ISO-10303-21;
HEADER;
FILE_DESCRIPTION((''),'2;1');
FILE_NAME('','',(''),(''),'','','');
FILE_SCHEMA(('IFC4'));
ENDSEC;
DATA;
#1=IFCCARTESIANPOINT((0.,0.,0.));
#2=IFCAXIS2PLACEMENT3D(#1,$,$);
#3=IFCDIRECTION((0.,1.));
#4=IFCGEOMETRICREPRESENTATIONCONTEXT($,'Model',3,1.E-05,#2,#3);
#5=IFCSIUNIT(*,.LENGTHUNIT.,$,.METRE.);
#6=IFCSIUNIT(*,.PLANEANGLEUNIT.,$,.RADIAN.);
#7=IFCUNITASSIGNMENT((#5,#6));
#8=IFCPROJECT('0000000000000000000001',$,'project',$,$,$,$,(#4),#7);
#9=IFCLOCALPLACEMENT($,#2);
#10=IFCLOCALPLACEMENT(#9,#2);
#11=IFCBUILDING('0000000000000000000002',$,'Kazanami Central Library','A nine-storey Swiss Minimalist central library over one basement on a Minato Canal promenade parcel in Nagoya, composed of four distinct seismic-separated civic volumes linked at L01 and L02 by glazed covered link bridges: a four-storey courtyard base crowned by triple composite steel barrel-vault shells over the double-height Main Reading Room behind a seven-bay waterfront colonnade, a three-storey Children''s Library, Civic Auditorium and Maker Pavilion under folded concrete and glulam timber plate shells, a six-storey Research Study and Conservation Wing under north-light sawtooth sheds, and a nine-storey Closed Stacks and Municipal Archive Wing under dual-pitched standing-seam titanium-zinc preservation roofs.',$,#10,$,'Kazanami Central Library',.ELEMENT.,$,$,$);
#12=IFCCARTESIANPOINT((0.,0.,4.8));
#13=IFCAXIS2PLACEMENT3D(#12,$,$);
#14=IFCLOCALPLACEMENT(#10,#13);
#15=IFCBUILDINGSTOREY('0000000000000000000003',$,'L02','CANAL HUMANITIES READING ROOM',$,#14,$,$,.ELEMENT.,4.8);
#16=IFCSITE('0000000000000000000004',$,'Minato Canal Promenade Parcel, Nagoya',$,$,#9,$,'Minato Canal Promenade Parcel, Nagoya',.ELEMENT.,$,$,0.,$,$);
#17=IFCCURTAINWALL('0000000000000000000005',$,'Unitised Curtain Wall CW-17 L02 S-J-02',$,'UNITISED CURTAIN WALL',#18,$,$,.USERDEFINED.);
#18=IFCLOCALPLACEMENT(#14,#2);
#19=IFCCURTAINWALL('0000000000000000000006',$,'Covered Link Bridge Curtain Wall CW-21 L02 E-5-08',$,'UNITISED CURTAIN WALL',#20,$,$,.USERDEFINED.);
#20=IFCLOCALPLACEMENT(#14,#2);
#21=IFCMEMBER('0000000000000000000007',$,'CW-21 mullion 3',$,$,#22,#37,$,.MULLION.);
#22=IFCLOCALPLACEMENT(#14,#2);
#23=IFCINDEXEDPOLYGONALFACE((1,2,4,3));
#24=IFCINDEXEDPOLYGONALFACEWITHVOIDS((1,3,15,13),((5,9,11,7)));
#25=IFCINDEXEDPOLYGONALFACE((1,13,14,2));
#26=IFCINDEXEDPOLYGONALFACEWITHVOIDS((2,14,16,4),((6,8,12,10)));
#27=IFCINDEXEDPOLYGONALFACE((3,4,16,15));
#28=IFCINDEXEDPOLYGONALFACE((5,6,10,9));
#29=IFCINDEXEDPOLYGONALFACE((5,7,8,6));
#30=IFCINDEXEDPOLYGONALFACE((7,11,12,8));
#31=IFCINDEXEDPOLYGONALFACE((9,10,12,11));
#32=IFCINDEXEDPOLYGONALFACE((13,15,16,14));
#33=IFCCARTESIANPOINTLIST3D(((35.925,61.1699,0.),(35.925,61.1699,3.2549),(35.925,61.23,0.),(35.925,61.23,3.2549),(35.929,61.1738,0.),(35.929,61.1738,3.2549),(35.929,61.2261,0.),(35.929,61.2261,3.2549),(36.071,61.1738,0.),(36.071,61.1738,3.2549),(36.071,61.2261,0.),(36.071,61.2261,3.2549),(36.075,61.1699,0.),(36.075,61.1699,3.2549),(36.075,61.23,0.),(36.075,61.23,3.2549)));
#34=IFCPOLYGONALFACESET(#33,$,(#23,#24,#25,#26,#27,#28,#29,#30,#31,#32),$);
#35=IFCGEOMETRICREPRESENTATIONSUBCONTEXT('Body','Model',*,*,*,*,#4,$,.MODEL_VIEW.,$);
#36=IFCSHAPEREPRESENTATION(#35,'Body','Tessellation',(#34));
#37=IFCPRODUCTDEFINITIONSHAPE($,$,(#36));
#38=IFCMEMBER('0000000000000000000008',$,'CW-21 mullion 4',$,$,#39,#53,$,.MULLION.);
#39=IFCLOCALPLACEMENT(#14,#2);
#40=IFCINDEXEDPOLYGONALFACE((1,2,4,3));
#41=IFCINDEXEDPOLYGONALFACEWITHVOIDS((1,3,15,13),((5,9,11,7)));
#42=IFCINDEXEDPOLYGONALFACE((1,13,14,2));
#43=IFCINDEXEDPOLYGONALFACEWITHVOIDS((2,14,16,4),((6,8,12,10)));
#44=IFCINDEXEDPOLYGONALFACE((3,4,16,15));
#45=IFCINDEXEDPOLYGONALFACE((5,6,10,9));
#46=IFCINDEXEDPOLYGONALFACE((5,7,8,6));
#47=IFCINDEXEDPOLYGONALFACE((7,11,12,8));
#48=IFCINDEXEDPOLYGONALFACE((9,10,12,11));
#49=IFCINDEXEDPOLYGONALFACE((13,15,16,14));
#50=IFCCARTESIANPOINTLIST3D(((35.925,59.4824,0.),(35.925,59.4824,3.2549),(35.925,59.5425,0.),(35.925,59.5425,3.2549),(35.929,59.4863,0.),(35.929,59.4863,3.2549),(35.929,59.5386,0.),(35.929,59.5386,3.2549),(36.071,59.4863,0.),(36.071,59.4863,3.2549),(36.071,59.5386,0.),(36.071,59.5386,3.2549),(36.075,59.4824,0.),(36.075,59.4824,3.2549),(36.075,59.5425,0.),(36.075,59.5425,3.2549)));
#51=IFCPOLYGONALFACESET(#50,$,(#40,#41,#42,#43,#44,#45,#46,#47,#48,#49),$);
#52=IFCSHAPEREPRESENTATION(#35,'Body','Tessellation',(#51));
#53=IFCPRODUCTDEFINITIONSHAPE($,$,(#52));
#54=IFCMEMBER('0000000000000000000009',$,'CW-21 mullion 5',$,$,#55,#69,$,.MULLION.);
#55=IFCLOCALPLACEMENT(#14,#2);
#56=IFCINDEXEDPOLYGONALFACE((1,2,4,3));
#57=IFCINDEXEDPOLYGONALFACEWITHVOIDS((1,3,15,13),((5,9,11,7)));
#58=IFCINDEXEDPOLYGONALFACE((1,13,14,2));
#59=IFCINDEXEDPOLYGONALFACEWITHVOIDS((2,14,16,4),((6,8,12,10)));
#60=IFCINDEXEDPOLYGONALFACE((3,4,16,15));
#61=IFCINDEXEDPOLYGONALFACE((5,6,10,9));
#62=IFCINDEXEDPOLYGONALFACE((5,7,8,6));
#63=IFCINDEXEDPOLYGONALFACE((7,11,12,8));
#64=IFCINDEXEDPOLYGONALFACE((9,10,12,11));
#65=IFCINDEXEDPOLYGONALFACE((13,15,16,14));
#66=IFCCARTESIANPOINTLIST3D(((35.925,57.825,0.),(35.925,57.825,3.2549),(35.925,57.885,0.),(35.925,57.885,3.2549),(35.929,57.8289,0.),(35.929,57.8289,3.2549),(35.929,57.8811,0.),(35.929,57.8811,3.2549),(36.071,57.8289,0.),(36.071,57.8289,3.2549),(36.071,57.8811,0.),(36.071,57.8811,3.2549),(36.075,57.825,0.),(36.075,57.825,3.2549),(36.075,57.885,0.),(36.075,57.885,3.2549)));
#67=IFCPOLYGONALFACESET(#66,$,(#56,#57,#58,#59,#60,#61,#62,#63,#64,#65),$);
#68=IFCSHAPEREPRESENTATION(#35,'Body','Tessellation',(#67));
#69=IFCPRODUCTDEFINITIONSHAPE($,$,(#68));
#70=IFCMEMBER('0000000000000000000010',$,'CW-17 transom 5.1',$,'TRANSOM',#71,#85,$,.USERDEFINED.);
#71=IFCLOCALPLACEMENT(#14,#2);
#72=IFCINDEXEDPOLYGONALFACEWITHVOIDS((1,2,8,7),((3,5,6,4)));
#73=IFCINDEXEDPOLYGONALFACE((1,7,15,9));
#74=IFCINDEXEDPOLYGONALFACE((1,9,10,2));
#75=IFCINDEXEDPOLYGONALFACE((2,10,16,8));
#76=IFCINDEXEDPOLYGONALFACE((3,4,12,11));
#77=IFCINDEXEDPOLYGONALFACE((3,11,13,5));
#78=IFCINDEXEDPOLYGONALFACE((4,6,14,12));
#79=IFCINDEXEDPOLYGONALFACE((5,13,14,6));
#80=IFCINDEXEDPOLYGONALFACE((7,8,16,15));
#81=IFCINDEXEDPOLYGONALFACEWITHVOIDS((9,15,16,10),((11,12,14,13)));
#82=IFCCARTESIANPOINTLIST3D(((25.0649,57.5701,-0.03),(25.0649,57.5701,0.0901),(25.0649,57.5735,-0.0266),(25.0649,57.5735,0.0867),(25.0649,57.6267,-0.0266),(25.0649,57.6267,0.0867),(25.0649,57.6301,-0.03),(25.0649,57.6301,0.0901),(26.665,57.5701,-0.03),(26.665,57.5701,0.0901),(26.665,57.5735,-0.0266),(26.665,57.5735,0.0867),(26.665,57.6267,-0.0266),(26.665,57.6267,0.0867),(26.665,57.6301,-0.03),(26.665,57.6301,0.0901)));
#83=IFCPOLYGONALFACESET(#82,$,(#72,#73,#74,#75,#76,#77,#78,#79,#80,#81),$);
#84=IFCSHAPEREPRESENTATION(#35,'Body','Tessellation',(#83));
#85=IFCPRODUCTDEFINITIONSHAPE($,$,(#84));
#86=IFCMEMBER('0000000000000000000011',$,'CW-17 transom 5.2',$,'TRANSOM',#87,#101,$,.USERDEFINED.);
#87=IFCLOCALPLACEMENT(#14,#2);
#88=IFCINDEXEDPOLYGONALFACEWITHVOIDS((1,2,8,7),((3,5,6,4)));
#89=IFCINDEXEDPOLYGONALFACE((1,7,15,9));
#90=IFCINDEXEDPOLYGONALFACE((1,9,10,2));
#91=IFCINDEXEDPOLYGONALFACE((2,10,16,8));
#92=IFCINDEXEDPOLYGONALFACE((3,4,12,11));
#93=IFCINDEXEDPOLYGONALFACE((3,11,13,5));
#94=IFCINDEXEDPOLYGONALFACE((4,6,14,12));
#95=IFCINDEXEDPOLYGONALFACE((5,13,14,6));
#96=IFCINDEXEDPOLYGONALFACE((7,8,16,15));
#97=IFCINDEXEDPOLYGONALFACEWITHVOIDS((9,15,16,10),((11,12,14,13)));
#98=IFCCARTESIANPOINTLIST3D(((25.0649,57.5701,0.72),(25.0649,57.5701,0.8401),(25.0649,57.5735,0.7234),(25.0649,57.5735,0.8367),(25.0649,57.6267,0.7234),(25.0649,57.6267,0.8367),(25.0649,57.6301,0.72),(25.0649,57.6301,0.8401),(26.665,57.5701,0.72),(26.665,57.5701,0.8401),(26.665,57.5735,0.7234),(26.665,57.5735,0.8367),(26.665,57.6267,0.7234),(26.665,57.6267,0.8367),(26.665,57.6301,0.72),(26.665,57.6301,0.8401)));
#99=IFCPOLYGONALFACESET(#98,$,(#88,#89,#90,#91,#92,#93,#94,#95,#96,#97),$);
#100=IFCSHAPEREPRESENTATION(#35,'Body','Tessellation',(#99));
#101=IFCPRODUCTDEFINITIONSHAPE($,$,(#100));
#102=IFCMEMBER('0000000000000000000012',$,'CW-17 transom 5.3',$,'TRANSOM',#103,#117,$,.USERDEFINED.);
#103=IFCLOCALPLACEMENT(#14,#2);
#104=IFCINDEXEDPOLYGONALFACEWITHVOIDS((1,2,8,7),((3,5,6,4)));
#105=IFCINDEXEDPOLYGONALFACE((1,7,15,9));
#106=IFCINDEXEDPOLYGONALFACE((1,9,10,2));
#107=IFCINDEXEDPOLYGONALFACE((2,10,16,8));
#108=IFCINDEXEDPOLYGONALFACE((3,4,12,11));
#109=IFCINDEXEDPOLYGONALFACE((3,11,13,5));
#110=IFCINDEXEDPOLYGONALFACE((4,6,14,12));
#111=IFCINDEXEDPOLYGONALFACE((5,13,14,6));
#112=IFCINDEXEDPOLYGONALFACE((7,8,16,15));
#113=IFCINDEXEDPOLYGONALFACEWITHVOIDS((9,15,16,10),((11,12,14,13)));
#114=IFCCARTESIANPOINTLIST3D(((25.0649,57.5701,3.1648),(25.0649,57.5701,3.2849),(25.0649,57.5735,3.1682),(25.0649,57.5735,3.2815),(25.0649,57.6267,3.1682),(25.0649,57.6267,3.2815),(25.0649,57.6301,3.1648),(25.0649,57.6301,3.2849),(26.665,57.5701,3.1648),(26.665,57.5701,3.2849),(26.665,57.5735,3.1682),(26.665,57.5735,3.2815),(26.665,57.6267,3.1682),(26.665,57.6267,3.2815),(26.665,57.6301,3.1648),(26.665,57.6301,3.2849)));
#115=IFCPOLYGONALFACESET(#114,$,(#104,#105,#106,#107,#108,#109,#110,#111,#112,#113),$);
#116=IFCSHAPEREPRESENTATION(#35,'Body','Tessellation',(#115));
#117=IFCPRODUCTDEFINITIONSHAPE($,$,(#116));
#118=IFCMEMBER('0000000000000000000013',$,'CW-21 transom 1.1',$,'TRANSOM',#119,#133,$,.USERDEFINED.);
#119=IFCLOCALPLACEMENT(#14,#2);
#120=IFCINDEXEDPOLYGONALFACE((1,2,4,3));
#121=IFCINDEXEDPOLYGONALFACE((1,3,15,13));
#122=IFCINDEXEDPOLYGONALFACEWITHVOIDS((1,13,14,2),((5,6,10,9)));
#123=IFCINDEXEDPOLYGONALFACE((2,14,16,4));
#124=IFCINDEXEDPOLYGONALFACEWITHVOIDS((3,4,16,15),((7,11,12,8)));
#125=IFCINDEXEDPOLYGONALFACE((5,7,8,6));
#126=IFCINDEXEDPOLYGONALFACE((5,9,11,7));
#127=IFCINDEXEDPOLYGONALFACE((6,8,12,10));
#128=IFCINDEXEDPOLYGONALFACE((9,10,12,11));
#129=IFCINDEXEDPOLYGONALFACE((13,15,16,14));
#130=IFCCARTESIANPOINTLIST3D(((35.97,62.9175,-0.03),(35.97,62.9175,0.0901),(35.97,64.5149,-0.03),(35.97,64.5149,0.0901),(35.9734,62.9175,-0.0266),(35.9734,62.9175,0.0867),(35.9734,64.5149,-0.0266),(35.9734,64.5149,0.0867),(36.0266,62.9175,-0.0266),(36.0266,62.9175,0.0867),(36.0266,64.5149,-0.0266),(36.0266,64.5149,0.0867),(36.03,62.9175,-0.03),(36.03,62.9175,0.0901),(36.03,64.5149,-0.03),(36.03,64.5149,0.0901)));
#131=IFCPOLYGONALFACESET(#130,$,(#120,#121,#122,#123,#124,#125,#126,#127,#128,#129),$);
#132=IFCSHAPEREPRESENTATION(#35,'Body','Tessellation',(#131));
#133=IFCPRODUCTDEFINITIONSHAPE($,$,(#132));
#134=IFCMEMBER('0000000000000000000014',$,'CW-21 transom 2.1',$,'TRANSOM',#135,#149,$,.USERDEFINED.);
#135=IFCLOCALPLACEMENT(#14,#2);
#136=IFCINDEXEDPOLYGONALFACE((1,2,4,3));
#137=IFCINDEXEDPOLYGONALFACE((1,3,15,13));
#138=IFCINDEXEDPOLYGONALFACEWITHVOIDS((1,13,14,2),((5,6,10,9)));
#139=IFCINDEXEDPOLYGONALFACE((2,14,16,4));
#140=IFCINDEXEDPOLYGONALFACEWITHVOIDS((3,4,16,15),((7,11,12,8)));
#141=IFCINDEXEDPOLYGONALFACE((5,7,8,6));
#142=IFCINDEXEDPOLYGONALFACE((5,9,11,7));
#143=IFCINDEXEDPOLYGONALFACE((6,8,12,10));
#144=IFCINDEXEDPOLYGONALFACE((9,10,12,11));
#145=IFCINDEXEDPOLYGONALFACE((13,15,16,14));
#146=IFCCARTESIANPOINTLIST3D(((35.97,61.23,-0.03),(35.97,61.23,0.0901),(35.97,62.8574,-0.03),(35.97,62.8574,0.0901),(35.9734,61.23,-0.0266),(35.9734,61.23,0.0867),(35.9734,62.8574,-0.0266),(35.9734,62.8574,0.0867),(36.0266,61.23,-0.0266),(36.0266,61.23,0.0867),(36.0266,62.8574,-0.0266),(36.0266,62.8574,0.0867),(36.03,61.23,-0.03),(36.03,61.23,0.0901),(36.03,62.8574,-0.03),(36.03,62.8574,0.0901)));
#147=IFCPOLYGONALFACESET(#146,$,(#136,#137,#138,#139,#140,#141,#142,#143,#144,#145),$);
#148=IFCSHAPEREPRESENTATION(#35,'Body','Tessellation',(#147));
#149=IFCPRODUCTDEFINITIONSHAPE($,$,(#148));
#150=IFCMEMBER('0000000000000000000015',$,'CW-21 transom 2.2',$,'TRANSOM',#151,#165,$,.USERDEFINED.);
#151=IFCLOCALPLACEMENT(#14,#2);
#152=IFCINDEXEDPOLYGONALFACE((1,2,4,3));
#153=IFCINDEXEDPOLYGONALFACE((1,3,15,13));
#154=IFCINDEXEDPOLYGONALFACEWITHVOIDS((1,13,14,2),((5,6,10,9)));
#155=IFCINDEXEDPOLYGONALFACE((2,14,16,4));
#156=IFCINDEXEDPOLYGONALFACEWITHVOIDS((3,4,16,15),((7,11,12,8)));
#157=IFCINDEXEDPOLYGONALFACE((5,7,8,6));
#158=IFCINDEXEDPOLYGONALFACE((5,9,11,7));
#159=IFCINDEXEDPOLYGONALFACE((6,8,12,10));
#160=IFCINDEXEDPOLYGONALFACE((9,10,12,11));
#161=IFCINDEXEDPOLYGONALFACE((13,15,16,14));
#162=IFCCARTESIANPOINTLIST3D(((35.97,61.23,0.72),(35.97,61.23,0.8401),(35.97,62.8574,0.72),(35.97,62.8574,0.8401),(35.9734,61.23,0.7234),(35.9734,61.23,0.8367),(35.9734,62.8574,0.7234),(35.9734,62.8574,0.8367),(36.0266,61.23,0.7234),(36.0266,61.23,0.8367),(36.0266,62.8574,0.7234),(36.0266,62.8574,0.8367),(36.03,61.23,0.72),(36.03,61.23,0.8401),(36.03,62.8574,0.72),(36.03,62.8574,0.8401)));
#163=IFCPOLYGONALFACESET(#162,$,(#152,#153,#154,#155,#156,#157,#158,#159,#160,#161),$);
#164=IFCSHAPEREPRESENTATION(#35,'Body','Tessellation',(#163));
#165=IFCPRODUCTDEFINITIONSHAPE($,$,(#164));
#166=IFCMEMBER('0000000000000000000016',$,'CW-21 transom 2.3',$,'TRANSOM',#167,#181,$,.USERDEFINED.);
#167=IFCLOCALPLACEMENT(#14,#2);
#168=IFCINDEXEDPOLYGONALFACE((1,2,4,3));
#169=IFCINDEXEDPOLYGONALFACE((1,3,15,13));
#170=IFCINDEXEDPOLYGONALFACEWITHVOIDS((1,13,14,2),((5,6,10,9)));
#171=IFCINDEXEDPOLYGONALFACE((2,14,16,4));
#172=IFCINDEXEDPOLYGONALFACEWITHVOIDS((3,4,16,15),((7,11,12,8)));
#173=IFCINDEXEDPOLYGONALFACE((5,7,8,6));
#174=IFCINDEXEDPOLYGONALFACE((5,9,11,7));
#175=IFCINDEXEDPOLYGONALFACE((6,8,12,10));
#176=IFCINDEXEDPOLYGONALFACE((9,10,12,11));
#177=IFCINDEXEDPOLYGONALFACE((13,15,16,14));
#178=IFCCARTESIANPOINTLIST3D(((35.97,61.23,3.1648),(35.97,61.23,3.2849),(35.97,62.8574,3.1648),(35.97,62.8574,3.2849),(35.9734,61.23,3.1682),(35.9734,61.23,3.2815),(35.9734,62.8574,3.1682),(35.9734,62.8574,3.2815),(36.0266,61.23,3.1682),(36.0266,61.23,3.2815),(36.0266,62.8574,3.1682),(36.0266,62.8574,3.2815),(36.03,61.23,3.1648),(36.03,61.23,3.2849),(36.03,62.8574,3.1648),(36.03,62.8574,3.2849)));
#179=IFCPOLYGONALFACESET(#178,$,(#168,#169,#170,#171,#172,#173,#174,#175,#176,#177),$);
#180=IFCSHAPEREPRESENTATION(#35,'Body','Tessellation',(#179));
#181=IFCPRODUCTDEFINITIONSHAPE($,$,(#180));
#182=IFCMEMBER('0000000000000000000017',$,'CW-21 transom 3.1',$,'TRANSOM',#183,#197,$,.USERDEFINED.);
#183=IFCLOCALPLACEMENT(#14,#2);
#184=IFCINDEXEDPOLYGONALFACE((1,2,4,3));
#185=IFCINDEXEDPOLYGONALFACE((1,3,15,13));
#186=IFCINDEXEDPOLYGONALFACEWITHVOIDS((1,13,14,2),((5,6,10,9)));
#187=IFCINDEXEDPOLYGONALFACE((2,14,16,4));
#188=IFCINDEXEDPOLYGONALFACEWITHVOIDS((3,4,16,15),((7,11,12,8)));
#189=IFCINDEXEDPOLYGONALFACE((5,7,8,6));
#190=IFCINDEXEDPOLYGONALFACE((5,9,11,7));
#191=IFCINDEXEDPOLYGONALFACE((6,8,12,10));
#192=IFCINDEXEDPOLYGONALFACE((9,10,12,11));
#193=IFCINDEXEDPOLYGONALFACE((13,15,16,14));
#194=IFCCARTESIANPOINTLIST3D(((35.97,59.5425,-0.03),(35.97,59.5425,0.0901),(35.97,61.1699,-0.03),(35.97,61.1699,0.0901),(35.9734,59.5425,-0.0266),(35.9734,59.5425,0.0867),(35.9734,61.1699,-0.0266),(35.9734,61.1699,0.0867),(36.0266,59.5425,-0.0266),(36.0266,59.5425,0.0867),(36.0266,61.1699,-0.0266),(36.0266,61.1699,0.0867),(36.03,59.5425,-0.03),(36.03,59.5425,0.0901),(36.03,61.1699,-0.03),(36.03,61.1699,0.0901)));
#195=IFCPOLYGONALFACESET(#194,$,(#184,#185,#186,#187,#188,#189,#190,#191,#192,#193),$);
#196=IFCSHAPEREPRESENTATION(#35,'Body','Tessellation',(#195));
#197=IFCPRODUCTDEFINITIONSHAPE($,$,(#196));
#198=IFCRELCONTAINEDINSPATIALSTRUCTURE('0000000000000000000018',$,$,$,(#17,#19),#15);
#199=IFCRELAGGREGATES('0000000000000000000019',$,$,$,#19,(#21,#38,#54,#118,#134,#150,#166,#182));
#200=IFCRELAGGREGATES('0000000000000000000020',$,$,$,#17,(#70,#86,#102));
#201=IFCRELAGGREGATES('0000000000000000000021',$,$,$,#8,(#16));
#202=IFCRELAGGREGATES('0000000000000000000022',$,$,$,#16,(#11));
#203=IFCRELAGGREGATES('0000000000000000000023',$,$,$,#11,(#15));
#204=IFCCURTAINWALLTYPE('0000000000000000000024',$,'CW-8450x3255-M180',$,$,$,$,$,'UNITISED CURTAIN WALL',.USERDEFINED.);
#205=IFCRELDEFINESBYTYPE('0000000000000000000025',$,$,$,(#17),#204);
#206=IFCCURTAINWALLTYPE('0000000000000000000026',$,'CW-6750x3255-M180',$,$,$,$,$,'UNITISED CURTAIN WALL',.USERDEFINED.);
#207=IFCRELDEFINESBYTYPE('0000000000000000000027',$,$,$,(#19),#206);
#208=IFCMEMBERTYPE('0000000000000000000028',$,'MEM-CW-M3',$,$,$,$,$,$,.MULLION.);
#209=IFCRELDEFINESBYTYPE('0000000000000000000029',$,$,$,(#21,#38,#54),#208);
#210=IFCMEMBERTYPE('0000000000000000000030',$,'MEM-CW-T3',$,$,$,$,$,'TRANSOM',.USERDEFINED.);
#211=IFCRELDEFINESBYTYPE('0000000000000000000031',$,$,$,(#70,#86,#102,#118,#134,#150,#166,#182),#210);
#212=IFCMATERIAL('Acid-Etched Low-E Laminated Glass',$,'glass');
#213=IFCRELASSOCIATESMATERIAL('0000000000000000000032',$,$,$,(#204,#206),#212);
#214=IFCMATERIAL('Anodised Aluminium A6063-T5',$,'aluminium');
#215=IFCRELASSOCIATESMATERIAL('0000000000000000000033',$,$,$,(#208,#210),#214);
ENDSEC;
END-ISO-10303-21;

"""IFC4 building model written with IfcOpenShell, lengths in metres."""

from ifc_helpers import new_model, si_unit, direction, frame, origin, origin_2d, place, context, subcontext, project, spatial, hollow_rectangle, extrude, material, material_profile, profile_set, type_object, element, aggregate, save


model = new_model("IFC4")

# Units and contexts
model_context = context("Model", 3, precision=1e-05, world=origin(), true_north=direction((0.0, 1.0)))
body_context = subcontext(model_context, "Body", "Model", "MODEL_VIEW")
ifc_project = project(units=[si_unit("LENGTHUNIT", "METRE"), si_unit("PLANEANGLEUNIT", "RADIAN")], contexts=[model_context])

# Site, building, storey
site_placement = place(None, origin())
site = spatial("IfcSite", under=ifc_project, at=site_placement, Name="Minato Canal Promenade Parcel, Nagoya", LongName="Minato Canal Promenade Parcel, Nagoya", CompositionType="ELEMENT", RefElevation=0.0)
building_placement = place(site_placement, origin())
building = spatial("IfcBuilding", under=site, at=building_placement, Name="Kazanami Central Library", Description="A nine-storey Swiss Minimalist central library over one basement on a Minato Canal promenade parcel in Nagoya, composed of four distinct seismic-separated civic volumes linked at L01 and L02 by glazed covered link bridges: a four-storey courtyard base crowned by triple composite steel barrel-vault shells over the double-height Main Reading Room behind a seven-bay waterfront colonnade, a three-storey Children's Library, Civic Auditorium and Maker Pavilion under folded concrete and glulam timber plate shells, a six-storey Research Study and Conservation Wing under north-light sawtooth sheds, and a nine-storey Closed Stacks and Municipal Archive Wing under dual-pitched standing-seam titanium-zinc preservation roofs.", LongName="Kazanami Central Library", CompositionType="ELEMENT")
storey_placement = place(building_placement, frame((0.0, 0.0, 4.8)))
storey = spatial("IfcBuildingStorey", under=building, at=storey_placement, Name="L02", Description="CANAL HUMANITIES READING ROOM", CompositionType="ELEMENT", Elevation=4.8)

# Curtain wall
ifc_material_1 = material(Name="Acid-Etched Low-E Laminated Glass", Category="glass")
curtain_wall_type_1 = type_object("IfcCurtainWallType", Name="CW-8450x3255-M180", ElementType="UNITISED CURTAIN WALL", PredefinedType="USERDEFINED", material=ifc_material_1)
curtain_wall_1_placement = place(storey_placement, origin())
curtain_wall_1 = element("IfcCurtainWall", 1, at=curtain_wall_1_placement, inside=storey, type_object=curtain_wall_type_1, Name="Unitised Curtain Wall CW-17 L02 S-J-02", ObjectType="UNITISED CURTAIN WALL", PredefinedType="USERDEFINED")
ifc_material_2 = material(Name="Anodised Aluminium A6063-T5", Category="aluminium")
ifc_material_profile_1 = material_profile(ifc_material_2, hollow_rectangle(XDim=0.0601, YDim=0.1499, WallThickness=0.0039, at=origin_2d()), Name="ALU-MULL-60x150x4")
ifc_profile_set_1 = profile_set([ifc_material_profile_1], Name="Anodised Aluminium A6063-T5")
member_type_1 = type_object("IfcMemberType", Name="MEM-CW-M3", PredefinedType="MULLION", material=ifc_profile_set_1)

# Curtain wall, members
curtain_wall_type_2 = type_object("IfcCurtainWallType", Name="CW-6750x3255-M180", ElementType="UNITISED CURTAIN WALL", PredefinedType="USERDEFINED", material=ifc_material_1)
curtain_wall_2_placement = place(storey_placement, origin())
curtain_wall_2 = element("IfcCurtainWall", 2, at=curtain_wall_2_placement, inside=storey, type_object=curtain_wall_type_2, Name="Covered Link Bridge Curtain Wall CW-21 L02 E-5-08", ObjectType="UNITISED CURTAIN WALL", PredefinedType="USERDEFINED")
member_1_placement = place(storey_placement, frame((36.0, 61.2, 0.0), z_axis=(0.0, 0.0, 1.0), x_axis=(0.0, -1.0, 0.0)))
member_1 = element("IfcMember", 3, at=member_1_placement, type_object=member_type_1, Name="CW-21 mullion 3", PredefinedType="MULLION", context=body_context, shape_type="SweptSolid", body=[
    extrude(hollow_rectangle(XDim=0.0601, YDim=0.1499, WallThickness=0.0039, at=origin_2d()), origin(), (0.0, 0.0, 1.0), 3.2549),
])
member_2_placement = place(storey_placement, frame((36.0, 59.5125, 0.0), z_axis=(0.0, 0.0, 1.0), x_axis=(0.0, -1.0, 0.0)))
member_2 = element("IfcMember", 4, at=member_2_placement, type_object=member_type_1, Name="CW-21 mullion 4", PredefinedType="MULLION", context=body_context, shape_type="SweptSolid", body=[
    extrude(hollow_rectangle(XDim=0.0601, YDim=0.1499, WallThickness=0.0039, at=origin_2d()), origin(), (0.0, 0.0, 1.0), 3.2549),
])
member_3_placement = place(storey_placement, frame((36.0, 57.855, 0.0), z_axis=(0.0, 0.0, 1.0), x_axis=(0.0, -1.0, 0.0)))
member_3 = element("IfcMember", 5, at=member_3_placement, type_object=member_type_1, Name="CW-21 mullion 5", PredefinedType="MULLION", context=body_context, shape_type="SweptSolid", body=[
    extrude(hollow_rectangle(XDim=0.0601, YDim=0.1499, WallThickness=0.0039, at=origin_2d()), origin(), (0.0, 0.0, 1.0), 3.2549),
])

# Members
ifc_material_profile_2 = material_profile(ifc_material_2, hollow_rectangle(XDim=0.0601, YDim=0.1201, WallThickness=0.0034, at=origin_2d()), Name="ALU-TRAN-60x120x3.5")
ifc_profile_set_2 = profile_set([ifc_material_profile_2], Name="Anodised Aluminium A6063-T5")
member_type_2 = type_object("IfcMemberType", Name="MEM-CW-T3", ElementType="TRANSOM", PredefinedType="USERDEFINED", material=ifc_profile_set_2)
member_4_placement = place(storey_placement, frame((25.0649, 57.6001, 0.03), z_axis=(1.0, 0.0, 0.0), x_axis=(0.0, 1.0, 0.0)))
member_4 = element("IfcMember", 6, at=member_4_placement, type_object=member_type_2, Name="CW-17 transom 5.1", ObjectType="TRANSOM", PredefinedType="USERDEFINED", context=body_context, shape_type="SweptSolid", body=[
    extrude(hollow_rectangle(XDim=0.0601, YDim=0.1201, WallThickness=0.0034, at=origin_2d()), origin(), (0.0, 0.0, 1.0), 1.6001),
])
member_5_placement = place(storey_placement, frame((25.0649, 57.6001, 0.78), z_axis=(1.0, 0.0, 0.0), x_axis=(0.0, 1.0, 0.0)))
member_5 = element("IfcMember", 7, at=member_5_placement, type_object=member_type_2, Name="CW-17 transom 5.2", ObjectType="TRANSOM", PredefinedType="USERDEFINED", context=body_context, shape_type="SweptSolid", body=[
    extrude(hollow_rectangle(XDim=0.0601, YDim=0.1201, WallThickness=0.0034, at=origin_2d()), origin(), (0.0, 0.0, 1.0), 1.6001),
])
member_6_placement = place(storey_placement, frame((25.0649, 57.6001, 3.2249), z_axis=(1.0, 0.0, 0.0), x_axis=(0.0, 1.0, 0.0)))
member_6 = element("IfcMember", 8, at=member_6_placement, type_object=member_type_2, Name="CW-17 transom 5.3", ObjectType="TRANSOM", PredefinedType="USERDEFINED", context=body_context, shape_type="SweptSolid", body=[
    extrude(hollow_rectangle(XDim=0.0601, YDim=0.1201, WallThickness=0.0034, at=origin_2d()), origin(), (0.0, 0.0, 1.0), 1.6001),
])
member_7_placement = place(storey_placement, frame((36.0, 64.5149, 0.03), z_axis=(0.0, -1.0, 0.0), x_axis=(1.0, 0.0, 0.0)))
member_7 = element("IfcMember", 9, at=member_7_placement, type_object=member_type_2, Name="CW-21 transom 1.1", ObjectType="TRANSOM", PredefinedType="USERDEFINED", context=body_context, shape_type="SweptSolid", body=[
    extrude(hollow_rectangle(XDim=0.0601, YDim=0.1201, WallThickness=0.0034, at=origin_2d()), origin(), (0.0, 0.0, 1.0), 1.5974),
])
member_8_placement = place(storey_placement, frame((36.0, 62.8574, 0.03), z_axis=(0.0, -1.0, 0.0), x_axis=(1.0, 0.0, 0.0)))
member_8 = element("IfcMember", 10, at=member_8_placement, type_object=member_type_2, Name="CW-21 transom 2.1", ObjectType="TRANSOM", PredefinedType="USERDEFINED", context=body_context, shape_type="SweptSolid", body=[
    extrude(hollow_rectangle(XDim=0.0601, YDim=0.1201, WallThickness=0.0034, at=origin_2d()), origin(), (0.0, 0.0, 1.0), 1.6274),
])
member_9_placement = place(storey_placement, frame((36.0, 62.8574, 0.78), z_axis=(0.0, -1.0, 0.0), x_axis=(1.0, 0.0, 0.0)))
member_9 = element("IfcMember", 11, at=member_9_placement, type_object=member_type_2, Name="CW-21 transom 2.2", ObjectType="TRANSOM", PredefinedType="USERDEFINED", context=body_context, shape_type="SweptSolid", body=[
    extrude(hollow_rectangle(XDim=0.0601, YDim=0.1201, WallThickness=0.0034, at=origin_2d()), origin(), (0.0, 0.0, 1.0), 1.6274),
])
member_10_placement = place(storey_placement, frame((36.0, 62.8574, 3.2249), z_axis=(0.0, -1.0, 0.0), x_axis=(1.0, 0.0, 0.0)))
member_10 = element("IfcMember", 12, at=member_10_placement, type_object=member_type_2, Name="CW-21 transom 2.3", ObjectType="TRANSOM", PredefinedType="USERDEFINED", context=body_context, shape_type="SweptSolid", body=[
    extrude(hollow_rectangle(XDim=0.0601, YDim=0.1201, WallThickness=0.0034, at=origin_2d()), origin(), (0.0, 0.0, 1.0), 1.6274),
])
member_11_placement = place(storey_placement, frame((36.0, 61.1699, 0.03), z_axis=(0.0, -1.0, 0.0), x_axis=(1.0, 0.0, 0.0)))
member_11 = element("IfcMember", 13, at=member_11_placement, type_object=member_type_2, Name="CW-21 transom 3.1", ObjectType="TRANSOM", PredefinedType="USERDEFINED", context=body_context, shape_type="SweptSolid", body=[
    extrude(hollow_rectangle(XDim=0.0601, YDim=0.1201, WallThickness=0.0034, at=origin_2d()), origin(), (0.0, 0.0, 1.0), 1.6274),
])

aggregate(curtain_wall_2, [member_1, member_2, member_3, member_7, member_8, member_9, member_10, member_11])
aggregate(curtain_wall_1, [member_4, member_5, member_6])

save(model, "model.ifc")
